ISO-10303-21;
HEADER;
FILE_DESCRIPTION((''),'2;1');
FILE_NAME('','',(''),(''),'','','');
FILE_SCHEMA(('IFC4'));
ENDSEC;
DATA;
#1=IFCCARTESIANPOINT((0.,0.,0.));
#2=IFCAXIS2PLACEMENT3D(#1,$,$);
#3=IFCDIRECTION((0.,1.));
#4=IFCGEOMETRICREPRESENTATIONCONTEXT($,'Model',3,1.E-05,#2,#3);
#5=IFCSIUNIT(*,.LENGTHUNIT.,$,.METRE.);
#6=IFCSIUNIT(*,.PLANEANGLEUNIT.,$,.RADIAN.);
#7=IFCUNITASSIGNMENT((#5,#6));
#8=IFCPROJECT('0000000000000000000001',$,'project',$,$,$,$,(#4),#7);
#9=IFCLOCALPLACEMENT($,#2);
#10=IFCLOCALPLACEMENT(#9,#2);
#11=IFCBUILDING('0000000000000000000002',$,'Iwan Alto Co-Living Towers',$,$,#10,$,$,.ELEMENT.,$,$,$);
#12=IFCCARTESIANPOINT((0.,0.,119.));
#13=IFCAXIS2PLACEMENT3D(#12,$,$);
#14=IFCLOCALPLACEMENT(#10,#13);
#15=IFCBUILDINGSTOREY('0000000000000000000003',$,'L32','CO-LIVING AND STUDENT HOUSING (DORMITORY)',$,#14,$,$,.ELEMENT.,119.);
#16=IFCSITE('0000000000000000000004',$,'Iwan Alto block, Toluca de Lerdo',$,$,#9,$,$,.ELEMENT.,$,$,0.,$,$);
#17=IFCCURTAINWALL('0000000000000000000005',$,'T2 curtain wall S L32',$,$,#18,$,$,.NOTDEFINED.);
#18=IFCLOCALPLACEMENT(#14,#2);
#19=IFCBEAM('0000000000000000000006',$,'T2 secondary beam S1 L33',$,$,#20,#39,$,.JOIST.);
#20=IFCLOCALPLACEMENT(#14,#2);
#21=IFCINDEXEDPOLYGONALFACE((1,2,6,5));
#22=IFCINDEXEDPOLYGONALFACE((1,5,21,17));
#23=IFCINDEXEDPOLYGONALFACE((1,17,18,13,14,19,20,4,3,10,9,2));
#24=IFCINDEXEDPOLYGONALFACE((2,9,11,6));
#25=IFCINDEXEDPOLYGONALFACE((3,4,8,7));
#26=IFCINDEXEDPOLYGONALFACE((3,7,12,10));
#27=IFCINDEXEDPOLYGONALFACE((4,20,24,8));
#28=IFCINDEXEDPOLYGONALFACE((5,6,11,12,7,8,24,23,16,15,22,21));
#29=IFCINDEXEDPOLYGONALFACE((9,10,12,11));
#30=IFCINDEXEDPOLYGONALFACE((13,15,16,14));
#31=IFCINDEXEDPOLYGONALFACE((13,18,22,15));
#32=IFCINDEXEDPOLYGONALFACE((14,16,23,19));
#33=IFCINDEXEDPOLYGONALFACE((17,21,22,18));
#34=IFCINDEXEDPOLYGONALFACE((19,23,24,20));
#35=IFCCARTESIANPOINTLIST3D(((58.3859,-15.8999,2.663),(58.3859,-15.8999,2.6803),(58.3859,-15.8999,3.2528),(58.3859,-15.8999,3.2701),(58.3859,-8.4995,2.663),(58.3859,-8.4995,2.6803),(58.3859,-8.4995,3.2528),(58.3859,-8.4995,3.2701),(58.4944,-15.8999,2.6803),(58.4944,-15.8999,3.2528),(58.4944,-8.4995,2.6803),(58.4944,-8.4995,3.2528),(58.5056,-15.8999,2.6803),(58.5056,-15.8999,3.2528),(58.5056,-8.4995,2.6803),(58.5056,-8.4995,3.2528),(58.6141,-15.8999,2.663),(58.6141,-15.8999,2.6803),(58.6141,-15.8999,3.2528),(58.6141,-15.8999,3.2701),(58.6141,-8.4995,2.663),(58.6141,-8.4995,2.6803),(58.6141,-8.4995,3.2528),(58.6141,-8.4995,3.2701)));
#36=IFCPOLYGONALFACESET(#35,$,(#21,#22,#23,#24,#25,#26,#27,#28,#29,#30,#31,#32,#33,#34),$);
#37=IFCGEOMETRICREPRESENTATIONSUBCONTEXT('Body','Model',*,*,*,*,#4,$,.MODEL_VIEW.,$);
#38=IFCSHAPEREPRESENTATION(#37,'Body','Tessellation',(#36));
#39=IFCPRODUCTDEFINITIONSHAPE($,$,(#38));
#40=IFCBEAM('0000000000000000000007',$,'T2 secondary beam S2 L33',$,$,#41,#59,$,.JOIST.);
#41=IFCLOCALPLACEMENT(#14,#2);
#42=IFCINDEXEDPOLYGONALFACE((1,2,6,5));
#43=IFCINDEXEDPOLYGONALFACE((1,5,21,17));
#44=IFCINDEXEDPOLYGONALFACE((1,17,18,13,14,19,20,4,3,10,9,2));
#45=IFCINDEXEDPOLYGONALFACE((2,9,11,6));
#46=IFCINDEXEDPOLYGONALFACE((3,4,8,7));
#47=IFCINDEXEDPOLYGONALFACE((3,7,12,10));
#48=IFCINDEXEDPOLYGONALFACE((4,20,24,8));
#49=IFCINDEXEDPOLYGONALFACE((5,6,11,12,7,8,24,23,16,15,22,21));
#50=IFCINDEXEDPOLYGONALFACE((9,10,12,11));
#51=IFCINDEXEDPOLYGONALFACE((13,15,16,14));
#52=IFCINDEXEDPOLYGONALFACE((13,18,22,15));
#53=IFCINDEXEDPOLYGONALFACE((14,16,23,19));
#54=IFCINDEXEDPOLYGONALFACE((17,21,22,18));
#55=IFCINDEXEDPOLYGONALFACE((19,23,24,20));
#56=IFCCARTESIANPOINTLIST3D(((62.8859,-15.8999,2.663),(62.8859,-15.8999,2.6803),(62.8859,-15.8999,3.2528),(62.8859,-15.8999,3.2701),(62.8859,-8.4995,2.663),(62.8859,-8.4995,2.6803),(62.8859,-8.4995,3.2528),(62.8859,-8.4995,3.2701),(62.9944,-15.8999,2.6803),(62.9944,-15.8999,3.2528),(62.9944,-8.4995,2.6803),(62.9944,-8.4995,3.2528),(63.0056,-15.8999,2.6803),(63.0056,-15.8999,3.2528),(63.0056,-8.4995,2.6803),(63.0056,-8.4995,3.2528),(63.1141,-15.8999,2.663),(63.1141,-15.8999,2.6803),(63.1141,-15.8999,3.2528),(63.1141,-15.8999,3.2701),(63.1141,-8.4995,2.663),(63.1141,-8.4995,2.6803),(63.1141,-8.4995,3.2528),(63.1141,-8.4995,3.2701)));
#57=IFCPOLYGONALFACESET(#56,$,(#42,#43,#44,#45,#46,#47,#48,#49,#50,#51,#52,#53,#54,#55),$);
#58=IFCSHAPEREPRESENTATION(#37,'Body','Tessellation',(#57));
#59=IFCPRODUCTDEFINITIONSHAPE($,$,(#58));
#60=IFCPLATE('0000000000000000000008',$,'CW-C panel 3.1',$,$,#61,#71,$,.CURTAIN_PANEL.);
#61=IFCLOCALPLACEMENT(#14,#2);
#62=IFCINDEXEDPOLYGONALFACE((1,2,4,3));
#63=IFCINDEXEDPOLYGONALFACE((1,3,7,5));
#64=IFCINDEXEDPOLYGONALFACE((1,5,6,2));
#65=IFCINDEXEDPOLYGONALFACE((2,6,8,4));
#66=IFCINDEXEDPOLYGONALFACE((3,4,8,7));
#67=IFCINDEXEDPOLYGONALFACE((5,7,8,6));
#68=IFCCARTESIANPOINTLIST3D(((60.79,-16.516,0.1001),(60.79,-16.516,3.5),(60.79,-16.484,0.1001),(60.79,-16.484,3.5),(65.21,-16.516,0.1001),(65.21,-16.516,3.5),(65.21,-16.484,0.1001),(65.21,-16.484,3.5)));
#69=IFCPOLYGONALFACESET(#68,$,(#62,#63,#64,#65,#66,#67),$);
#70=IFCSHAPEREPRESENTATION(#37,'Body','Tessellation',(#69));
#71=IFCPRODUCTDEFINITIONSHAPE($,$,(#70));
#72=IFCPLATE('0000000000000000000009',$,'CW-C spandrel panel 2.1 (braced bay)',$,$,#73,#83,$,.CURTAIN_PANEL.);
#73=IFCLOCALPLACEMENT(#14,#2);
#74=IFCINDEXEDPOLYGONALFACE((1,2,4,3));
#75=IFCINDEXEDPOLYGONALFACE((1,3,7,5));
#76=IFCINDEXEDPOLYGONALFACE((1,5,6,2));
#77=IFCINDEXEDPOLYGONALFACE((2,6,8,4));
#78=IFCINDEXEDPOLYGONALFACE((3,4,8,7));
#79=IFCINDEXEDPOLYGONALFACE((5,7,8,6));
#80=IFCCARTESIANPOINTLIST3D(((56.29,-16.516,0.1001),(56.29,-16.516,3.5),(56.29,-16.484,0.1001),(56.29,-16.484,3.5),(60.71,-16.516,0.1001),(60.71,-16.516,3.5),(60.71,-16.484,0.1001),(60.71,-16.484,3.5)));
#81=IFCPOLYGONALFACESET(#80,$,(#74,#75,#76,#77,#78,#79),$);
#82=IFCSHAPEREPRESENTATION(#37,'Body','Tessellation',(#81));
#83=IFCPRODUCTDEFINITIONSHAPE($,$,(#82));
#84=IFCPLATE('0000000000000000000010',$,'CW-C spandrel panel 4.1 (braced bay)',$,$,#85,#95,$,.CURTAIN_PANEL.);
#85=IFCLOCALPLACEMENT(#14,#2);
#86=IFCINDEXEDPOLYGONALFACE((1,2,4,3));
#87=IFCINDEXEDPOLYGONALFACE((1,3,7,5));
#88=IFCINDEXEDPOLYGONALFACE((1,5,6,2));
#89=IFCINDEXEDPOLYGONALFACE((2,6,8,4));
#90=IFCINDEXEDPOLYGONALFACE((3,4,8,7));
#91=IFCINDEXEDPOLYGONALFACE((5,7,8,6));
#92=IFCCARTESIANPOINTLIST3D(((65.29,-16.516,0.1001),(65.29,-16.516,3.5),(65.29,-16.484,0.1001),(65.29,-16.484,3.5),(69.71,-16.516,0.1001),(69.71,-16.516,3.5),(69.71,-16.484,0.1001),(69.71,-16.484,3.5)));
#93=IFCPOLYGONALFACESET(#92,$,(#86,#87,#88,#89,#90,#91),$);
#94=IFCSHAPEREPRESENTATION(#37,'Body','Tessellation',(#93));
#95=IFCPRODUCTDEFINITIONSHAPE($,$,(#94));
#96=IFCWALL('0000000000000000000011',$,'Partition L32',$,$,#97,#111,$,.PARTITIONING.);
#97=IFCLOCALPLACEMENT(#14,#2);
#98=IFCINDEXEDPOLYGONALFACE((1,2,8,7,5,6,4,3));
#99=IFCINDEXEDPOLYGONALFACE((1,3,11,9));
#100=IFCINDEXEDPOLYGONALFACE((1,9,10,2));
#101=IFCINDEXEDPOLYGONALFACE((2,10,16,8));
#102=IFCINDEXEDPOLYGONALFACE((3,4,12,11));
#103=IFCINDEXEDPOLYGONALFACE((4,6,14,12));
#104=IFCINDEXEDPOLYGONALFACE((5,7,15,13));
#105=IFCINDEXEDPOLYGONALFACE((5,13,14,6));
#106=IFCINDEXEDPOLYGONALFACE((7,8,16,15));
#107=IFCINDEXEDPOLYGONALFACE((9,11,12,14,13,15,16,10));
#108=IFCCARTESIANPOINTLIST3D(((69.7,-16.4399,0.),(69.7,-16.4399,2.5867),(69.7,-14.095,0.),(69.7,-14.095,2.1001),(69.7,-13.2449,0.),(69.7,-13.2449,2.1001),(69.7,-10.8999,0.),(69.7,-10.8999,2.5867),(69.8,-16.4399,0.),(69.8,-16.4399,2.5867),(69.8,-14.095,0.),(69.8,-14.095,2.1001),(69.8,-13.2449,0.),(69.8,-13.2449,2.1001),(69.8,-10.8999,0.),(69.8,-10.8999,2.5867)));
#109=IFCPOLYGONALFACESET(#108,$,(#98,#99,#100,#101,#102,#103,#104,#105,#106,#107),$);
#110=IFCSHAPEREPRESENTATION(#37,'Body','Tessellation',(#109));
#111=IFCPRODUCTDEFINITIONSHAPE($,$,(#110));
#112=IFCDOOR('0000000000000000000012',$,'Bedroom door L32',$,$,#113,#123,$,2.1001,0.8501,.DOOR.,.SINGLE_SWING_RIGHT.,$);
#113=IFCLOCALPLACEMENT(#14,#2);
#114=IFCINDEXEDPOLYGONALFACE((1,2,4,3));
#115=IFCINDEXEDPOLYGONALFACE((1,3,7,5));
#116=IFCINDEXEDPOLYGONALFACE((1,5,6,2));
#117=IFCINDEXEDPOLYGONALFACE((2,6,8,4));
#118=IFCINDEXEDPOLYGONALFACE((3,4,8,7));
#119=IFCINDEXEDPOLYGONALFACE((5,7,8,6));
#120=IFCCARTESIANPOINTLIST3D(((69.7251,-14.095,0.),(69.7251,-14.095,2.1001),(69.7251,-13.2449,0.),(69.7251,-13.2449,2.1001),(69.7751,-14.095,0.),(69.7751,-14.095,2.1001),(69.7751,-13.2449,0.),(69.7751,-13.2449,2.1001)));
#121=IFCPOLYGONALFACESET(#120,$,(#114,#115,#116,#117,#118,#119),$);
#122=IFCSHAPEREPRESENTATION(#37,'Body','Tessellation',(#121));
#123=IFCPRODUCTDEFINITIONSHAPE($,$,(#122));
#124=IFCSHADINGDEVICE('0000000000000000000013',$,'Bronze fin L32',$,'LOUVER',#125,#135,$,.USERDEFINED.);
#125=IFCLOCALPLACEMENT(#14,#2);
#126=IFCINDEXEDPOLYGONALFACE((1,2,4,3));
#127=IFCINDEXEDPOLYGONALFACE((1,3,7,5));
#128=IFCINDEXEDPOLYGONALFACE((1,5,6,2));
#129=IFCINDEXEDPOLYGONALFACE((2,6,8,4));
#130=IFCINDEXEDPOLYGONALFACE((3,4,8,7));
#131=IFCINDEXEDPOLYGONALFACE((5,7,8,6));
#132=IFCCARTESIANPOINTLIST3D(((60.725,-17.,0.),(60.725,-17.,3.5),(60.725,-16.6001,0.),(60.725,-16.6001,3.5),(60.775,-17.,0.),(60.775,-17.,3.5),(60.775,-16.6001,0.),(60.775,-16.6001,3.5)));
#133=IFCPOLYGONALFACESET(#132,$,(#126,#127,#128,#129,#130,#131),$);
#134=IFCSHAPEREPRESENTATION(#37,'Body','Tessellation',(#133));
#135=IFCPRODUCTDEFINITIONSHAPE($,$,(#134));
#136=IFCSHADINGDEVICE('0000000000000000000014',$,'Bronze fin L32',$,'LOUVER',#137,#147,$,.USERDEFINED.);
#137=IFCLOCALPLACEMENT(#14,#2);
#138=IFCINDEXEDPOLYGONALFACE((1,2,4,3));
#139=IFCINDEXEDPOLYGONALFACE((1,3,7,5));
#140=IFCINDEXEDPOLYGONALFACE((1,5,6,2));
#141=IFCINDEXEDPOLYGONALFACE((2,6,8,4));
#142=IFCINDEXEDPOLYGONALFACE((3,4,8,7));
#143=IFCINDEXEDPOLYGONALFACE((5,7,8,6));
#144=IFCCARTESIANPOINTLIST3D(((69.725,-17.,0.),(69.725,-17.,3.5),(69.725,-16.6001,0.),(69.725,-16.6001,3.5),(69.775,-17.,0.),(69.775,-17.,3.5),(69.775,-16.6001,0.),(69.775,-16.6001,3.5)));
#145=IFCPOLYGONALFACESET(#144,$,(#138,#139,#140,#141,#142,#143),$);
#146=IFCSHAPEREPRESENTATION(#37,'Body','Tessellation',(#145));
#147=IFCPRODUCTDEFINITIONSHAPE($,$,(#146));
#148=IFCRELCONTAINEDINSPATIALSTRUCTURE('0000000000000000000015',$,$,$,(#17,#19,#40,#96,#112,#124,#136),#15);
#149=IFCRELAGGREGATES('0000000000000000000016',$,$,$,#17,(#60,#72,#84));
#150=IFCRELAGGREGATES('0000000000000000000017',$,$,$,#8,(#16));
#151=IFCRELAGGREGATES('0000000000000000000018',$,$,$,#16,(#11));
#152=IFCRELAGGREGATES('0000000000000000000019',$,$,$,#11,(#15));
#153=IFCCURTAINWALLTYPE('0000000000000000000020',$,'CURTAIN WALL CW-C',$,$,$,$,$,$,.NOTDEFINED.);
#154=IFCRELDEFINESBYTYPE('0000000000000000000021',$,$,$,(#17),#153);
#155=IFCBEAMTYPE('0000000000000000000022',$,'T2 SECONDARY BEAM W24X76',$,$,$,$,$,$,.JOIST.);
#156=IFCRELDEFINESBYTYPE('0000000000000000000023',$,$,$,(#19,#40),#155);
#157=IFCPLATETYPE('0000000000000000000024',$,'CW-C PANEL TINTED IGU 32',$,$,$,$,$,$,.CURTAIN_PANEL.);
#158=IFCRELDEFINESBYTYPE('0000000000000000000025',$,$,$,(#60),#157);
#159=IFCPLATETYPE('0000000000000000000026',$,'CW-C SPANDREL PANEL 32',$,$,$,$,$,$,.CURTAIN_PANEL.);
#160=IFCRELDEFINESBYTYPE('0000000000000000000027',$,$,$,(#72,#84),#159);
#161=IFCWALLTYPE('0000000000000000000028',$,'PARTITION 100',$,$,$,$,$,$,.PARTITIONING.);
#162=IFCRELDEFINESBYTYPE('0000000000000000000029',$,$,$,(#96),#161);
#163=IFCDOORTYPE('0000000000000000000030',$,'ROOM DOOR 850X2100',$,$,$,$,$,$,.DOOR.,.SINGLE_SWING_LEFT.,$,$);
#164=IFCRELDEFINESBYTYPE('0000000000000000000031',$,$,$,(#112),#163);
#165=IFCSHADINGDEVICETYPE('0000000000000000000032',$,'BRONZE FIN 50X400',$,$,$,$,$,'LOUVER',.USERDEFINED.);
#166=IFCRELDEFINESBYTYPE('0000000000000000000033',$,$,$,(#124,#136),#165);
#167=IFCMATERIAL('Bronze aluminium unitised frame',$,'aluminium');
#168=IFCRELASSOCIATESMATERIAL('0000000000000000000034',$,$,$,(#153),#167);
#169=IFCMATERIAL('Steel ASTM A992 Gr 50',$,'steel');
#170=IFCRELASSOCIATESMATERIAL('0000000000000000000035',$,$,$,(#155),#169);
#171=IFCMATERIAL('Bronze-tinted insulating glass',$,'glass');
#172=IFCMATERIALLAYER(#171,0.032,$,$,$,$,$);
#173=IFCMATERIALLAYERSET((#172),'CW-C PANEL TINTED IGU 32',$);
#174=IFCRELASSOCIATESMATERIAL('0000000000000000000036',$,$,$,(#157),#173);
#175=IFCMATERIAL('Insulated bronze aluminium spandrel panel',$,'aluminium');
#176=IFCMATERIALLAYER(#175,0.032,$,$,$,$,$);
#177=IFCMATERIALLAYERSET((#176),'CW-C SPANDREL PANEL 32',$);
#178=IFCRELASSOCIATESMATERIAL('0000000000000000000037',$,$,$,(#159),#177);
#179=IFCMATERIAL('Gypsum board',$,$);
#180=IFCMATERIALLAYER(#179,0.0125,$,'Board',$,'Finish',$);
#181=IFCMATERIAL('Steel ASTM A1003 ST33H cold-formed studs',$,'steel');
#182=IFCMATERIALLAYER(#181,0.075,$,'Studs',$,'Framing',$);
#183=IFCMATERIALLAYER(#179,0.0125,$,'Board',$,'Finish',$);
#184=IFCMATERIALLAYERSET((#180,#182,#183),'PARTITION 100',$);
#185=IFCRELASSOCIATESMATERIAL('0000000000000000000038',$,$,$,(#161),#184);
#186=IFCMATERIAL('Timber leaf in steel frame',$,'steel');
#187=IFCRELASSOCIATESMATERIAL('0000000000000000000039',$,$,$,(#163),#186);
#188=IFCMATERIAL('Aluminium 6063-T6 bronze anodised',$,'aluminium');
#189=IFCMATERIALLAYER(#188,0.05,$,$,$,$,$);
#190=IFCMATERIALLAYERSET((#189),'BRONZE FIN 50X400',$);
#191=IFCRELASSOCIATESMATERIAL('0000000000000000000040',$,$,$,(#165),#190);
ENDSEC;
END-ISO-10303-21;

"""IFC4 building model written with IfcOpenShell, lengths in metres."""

from ifc_helpers import new_model, si_unit, direction, frame, frame_2d, origin, origin_2d, place, context, subcontext, project, spatial, rectangle, i_section, extrude, material, layer, layer_set, material_profile, profile_set, type_object, element, fill, aggregate, save


model = new_model("IFC4")

# Units and contexts
model_context = context("Model", 3, precision=1e-05, world=origin(), true_north=direction((0.0, 1.0)))
body_context = subcontext(model_context, "Body", "Model", "MODEL_VIEW")
ifc_project = project(units=[si_unit("LENGTHUNIT", "METRE"), si_unit("PLANEANGLEUNIT", "RADIAN")], contexts=[model_context])

# Site, building, storey
site_placement = place(None, origin())
site = spatial("IfcSite", under=ifc_project, at=site_placement, Name="Iwan Alto block, Toluca de Lerdo", CompositionType="ELEMENT", RefElevation=0.0)
building_placement = place(site_placement, origin())
building = spatial("IfcBuilding", under=site, at=building_placement, Name="Iwan Alto Co-Living Towers", CompositionType="ELEMENT")
storey_placement = place(building_placement, frame((0.0, 0.0, 119.0)))
storey = spatial("IfcBuildingStorey", under=building, at=storey_placement, Name="L32", Description="CO-LIVING AND STUDENT HOUSING (DORMITORY)", CompositionType="ELEMENT", Elevation=119.0)

# Curtain wall
ifc_material_1 = material(Name="Bronze aluminium unitised frame", Category="aluminium")
curtain_wall_type = type_object("IfcCurtainWallType", Name="CURTAIN WALL CW-C", PredefinedType="NOTDEFINED", material=ifc_material_1)
curtain_wall_placement = place(storey_placement, origin())
curtain_wall = element("IfcCurtainWall", 1, at=curtain_wall_placement, inside=storey, type_object=curtain_wall_type, Name="T2 curtain wall S L32", PredefinedType="NOTDEFINED")

# Beams
ifc_material_2 = material(Name="Steel ASTM A992 Gr 50", Category="steel")
ifc_material_profile_1 = material_profile(ifc_material_2, i_section(OverallWidth=0.2283, OverallDepth=0.6072, WebThickness=0.0112, FlangeThickness=0.0173, at=origin_2d()), Name="W24X76")
ifc_profile_set_1 = profile_set([ifc_material_profile_1], Name="Steel ASTM A992 Gr 50")
beam_type_1 = type_object("IfcBeamType", Name="T2 SECONDARY BEAM W24X76", PredefinedType="JOIST", material=ifc_profile_set_1)
for number, where, z_axis, x_axis, name in (
    (2, (58.5, -15.8999, 2.9666), (0.0, 1.0, 0.0), (-1.0, 0.0, 0.0), "T2 secondary beam S1 L33"),
    (3, (63.0, -15.8999, 2.9666), (0.0, 1.0, 0.0), (-1.0, 0.0, 0.0), "T2 secondary beam S2 L33"),
):
    element("IfcBeam", number, at=place(storey_placement, frame(where, z_axis=z_axis, x_axis=x_axis)), inside=storey, type_object=beam_type_1, Name=name, PredefinedType="JOIST", context=body_context, shape_type="SweptSolid", body=[
        extrude(i_section(OverallWidth=0.2283, OverallDepth=0.6072, WebThickness=0.0112, FlangeThickness=0.0173, at=origin_2d()), origin(), (0.0, 0.0, 1.0), 7.4004),
    ])

# Plates
ifc_material_3 = material(Name="Bronze-tinted insulating glass", Category="glass")
ifc_layer_1 = layer(ifc_material_3, 0.032)
ifc_layer_set_1 = layer_set([ifc_layer_1], Name="CW-C PANEL TINTED IGU 32")
plate_type_1 = type_object("IfcPlateType", Name="CW-C PANEL TINTED IGU 32", PredefinedType="CURTAIN_PANEL", material=ifc_layer_set_1)
plate_1_placement = place(storey_placement, frame((63.0, -16.5, 0.1001), z_axis=(0.0, 0.0, 1.0), x_axis=(1.0, 0.0, 0.0)))
plate_1 = element("IfcPlate", 4, at=plate_1_placement, type_object=plate_type_1, Name="CW-C panel 3.1", PredefinedType="CURTAIN_PANEL", context=body_context, shape_type="SweptSolid", body=[
    extrude(rectangle(XDim=4.4199, YDim=0.032, at=origin_2d()), origin(), (0.0, 0.0, 1.0), 3.3999),
])
ifc_material_4 = material(Name="Insulated bronze aluminium spandrel panel", Category="aluminium")
ifc_layer_2 = layer(ifc_material_4, 0.032)
ifc_layer_set_2 = layer_set([ifc_layer_2], Name="CW-C SPANDREL PANEL 32")
plate_type_2 = type_object("IfcPlateType", Name="CW-C SPANDREL PANEL 32", PredefinedType="CURTAIN_PANEL", material=ifc_layer_set_2)
plate_2_placement = place(storey_placement, frame((58.5, -16.5, 0.1001), z_axis=(0.0, 0.0, 1.0), x_axis=(1.0, 0.0, 0.0)))
plate_2 = element("IfcPlate", 5, at=plate_2_placement, type_object=plate_type_2, Name="CW-C spandrel panel 2.1 (braced bay)", PredefinedType="CURTAIN_PANEL", context=body_context, shape_type="SweptSolid", body=[
    extrude(rectangle(XDim=4.4199, YDim=0.032, at=origin_2d()), origin(), (0.0, 0.0, 1.0), 3.3999),
])
plate_3_placement = place(storey_placement, frame((67.5, -16.5, 0.1001), z_axis=(0.0, 0.0, 1.0), x_axis=(1.0, 0.0, 0.0)))
plate_3 = element("IfcPlate", 6, at=plate_3_placement, type_object=plate_type_2, Name="CW-C spandrel panel 4.1 (braced bay)", PredefinedType="CURTAIN_PANEL", context=body_context, shape_type="SweptSolid", body=[
    extrude(rectangle(XDim=4.4199, YDim=0.032, at=origin_2d()), origin(), (0.0, 0.0, 1.0), 3.3999),
])
aggregate(curtain_wall, [plate_1, plate_2, plate_3])

# Wall, opening, door
ifc_material_5 = material(Name="Gypsum board")
ifc_layer_3 = layer(ifc_material_5, 0.0125, Name="Board", Category="Finish")
ifc_material_6 = material(Name="Steel ASTM A1003 ST33H cold-formed studs", Category="steel")
ifc_layer_4 = layer(ifc_material_6, 0.075, Name="Studs", Category="Framing")
ifc_layer_5 = layer(ifc_material_5, 0.0125, Name="Board", Category="Finish")
ifc_layer_set_3 = layer_set([ifc_layer_3, ifc_layer_4, ifc_layer_5], Name="PARTITION 100")
wall_type = type_object("IfcWallType", Name="PARTITION 100", PredefinedType="PARTITIONING", material=ifc_layer_set_3)
wall_placement = place(storey_placement, frame((69.75, -16.4399, 0.0), z_axis=(0.0, 0.0, 1.0), x_axis=(0.0, 1.0, 0.0)))
wall = element("IfcWall", 7, at=wall_placement, inside=storey, type_object=wall_type, Name="Partition L32", PredefinedType="PARTITIONING", context=body_context, shape_type="SweptSolid", body=[
    extrude(rectangle(XDim=5.54, YDim=0.1001, at=frame_2d((2.77, 0.0))), origin(), (0.0, 0.0, 1.0), 2.5867),
])
opening_placement = place(wall_placement, frame((2.345, 0.0, 0.0)))
opening = element("IfcOpeningElement", 8, at=opening_placement, cuts=wall, PredefinedType="OPENING", context=body_context, shape_type="SweptSolid", body=[
    extrude(rectangle(XDim=0.8501, YDim=2.1001, at=frame_2d((0.425, 1.05))), frame((0.0, 0.0601, 0.0), z_axis=(0.0, -1.0, 0.0), x_axis=(1.0, 0.0, 0.0)), (0.0, 0.0, 1.0), 0.1201),
])
ifc_material_7 = material(Name="Timber leaf in steel frame", Category="steel")
door_type = type_object("IfcDoorType", Name="ROOM DOOR 850X2100", OperationType="SINGLE_SWING_LEFT", PredefinedType="DOOR", material=ifc_material_7)
door_placement = place(opening_placement, origin())
door = element("IfcDoor", 9, at=door_placement, inside=storey, type_object=door_type, Name="Bedroom door L32", OperationType="SINGLE_SWING_RIGHT", OverallHeight=2.1001, OverallWidth=0.8501, PredefinedType="DOOR", context=body_context, shape_type="SweptSolid", body=[
    extrude(rectangle(XDim=0.8501, YDim=2.1001, at=frame_2d((0.425, 1.05))), frame((0.0, 0.0249, 0.0), z_axis=(0.0, -1.0, 0.0), x_axis=(1.0, 0.0, 0.0)), (0.0, 0.0, 1.0), 0.05),
])
fill(opening, door)

# Shading devices
ifc_material_8 = material(Name="Aluminium 6063-T6 bronze anodised", Category="aluminium")
ifc_layer_6 = layer(ifc_material_8, 0.05)
ifc_layer_set_4 = layer_set([ifc_layer_6], Name="BRONZE FIN 50X400")
shading_device_type = type_object("IfcShadingDeviceType", Name="BRONZE FIN 50X400", ElementType="LOUVER", PredefinedType="USERDEFINED", material=ifc_layer_set_4)
for number, where, z_axis, x_axis, name in (
    (10, (60.75, -16.8, 0.0), (0.0, 0.0, 1.0), (1.0, 0.0, 0.0), "Bronze fin L32"),
    (11, (69.75, -16.8, 0.0), (0.0, 0.0, 1.0), (1.0, 0.0, 0.0), "Bronze fin L32"),
):
    element("IfcShadingDevice", number, at=place(storey_placement, frame(where, z_axis=z_axis, x_axis=x_axis)), inside=storey, type_object=shading_device_type, Name=name, ObjectType="LOUVER", PredefinedType="USERDEFINED", context=body_context, shape_type="SweptSolid", body=[
        extrude(rectangle(XDim=0.05, YDim=0.3999, at=origin_2d()), origin(), (0.0, 0.0, 1.0), 3.5),
    ])

save(model, "model.ifc")
